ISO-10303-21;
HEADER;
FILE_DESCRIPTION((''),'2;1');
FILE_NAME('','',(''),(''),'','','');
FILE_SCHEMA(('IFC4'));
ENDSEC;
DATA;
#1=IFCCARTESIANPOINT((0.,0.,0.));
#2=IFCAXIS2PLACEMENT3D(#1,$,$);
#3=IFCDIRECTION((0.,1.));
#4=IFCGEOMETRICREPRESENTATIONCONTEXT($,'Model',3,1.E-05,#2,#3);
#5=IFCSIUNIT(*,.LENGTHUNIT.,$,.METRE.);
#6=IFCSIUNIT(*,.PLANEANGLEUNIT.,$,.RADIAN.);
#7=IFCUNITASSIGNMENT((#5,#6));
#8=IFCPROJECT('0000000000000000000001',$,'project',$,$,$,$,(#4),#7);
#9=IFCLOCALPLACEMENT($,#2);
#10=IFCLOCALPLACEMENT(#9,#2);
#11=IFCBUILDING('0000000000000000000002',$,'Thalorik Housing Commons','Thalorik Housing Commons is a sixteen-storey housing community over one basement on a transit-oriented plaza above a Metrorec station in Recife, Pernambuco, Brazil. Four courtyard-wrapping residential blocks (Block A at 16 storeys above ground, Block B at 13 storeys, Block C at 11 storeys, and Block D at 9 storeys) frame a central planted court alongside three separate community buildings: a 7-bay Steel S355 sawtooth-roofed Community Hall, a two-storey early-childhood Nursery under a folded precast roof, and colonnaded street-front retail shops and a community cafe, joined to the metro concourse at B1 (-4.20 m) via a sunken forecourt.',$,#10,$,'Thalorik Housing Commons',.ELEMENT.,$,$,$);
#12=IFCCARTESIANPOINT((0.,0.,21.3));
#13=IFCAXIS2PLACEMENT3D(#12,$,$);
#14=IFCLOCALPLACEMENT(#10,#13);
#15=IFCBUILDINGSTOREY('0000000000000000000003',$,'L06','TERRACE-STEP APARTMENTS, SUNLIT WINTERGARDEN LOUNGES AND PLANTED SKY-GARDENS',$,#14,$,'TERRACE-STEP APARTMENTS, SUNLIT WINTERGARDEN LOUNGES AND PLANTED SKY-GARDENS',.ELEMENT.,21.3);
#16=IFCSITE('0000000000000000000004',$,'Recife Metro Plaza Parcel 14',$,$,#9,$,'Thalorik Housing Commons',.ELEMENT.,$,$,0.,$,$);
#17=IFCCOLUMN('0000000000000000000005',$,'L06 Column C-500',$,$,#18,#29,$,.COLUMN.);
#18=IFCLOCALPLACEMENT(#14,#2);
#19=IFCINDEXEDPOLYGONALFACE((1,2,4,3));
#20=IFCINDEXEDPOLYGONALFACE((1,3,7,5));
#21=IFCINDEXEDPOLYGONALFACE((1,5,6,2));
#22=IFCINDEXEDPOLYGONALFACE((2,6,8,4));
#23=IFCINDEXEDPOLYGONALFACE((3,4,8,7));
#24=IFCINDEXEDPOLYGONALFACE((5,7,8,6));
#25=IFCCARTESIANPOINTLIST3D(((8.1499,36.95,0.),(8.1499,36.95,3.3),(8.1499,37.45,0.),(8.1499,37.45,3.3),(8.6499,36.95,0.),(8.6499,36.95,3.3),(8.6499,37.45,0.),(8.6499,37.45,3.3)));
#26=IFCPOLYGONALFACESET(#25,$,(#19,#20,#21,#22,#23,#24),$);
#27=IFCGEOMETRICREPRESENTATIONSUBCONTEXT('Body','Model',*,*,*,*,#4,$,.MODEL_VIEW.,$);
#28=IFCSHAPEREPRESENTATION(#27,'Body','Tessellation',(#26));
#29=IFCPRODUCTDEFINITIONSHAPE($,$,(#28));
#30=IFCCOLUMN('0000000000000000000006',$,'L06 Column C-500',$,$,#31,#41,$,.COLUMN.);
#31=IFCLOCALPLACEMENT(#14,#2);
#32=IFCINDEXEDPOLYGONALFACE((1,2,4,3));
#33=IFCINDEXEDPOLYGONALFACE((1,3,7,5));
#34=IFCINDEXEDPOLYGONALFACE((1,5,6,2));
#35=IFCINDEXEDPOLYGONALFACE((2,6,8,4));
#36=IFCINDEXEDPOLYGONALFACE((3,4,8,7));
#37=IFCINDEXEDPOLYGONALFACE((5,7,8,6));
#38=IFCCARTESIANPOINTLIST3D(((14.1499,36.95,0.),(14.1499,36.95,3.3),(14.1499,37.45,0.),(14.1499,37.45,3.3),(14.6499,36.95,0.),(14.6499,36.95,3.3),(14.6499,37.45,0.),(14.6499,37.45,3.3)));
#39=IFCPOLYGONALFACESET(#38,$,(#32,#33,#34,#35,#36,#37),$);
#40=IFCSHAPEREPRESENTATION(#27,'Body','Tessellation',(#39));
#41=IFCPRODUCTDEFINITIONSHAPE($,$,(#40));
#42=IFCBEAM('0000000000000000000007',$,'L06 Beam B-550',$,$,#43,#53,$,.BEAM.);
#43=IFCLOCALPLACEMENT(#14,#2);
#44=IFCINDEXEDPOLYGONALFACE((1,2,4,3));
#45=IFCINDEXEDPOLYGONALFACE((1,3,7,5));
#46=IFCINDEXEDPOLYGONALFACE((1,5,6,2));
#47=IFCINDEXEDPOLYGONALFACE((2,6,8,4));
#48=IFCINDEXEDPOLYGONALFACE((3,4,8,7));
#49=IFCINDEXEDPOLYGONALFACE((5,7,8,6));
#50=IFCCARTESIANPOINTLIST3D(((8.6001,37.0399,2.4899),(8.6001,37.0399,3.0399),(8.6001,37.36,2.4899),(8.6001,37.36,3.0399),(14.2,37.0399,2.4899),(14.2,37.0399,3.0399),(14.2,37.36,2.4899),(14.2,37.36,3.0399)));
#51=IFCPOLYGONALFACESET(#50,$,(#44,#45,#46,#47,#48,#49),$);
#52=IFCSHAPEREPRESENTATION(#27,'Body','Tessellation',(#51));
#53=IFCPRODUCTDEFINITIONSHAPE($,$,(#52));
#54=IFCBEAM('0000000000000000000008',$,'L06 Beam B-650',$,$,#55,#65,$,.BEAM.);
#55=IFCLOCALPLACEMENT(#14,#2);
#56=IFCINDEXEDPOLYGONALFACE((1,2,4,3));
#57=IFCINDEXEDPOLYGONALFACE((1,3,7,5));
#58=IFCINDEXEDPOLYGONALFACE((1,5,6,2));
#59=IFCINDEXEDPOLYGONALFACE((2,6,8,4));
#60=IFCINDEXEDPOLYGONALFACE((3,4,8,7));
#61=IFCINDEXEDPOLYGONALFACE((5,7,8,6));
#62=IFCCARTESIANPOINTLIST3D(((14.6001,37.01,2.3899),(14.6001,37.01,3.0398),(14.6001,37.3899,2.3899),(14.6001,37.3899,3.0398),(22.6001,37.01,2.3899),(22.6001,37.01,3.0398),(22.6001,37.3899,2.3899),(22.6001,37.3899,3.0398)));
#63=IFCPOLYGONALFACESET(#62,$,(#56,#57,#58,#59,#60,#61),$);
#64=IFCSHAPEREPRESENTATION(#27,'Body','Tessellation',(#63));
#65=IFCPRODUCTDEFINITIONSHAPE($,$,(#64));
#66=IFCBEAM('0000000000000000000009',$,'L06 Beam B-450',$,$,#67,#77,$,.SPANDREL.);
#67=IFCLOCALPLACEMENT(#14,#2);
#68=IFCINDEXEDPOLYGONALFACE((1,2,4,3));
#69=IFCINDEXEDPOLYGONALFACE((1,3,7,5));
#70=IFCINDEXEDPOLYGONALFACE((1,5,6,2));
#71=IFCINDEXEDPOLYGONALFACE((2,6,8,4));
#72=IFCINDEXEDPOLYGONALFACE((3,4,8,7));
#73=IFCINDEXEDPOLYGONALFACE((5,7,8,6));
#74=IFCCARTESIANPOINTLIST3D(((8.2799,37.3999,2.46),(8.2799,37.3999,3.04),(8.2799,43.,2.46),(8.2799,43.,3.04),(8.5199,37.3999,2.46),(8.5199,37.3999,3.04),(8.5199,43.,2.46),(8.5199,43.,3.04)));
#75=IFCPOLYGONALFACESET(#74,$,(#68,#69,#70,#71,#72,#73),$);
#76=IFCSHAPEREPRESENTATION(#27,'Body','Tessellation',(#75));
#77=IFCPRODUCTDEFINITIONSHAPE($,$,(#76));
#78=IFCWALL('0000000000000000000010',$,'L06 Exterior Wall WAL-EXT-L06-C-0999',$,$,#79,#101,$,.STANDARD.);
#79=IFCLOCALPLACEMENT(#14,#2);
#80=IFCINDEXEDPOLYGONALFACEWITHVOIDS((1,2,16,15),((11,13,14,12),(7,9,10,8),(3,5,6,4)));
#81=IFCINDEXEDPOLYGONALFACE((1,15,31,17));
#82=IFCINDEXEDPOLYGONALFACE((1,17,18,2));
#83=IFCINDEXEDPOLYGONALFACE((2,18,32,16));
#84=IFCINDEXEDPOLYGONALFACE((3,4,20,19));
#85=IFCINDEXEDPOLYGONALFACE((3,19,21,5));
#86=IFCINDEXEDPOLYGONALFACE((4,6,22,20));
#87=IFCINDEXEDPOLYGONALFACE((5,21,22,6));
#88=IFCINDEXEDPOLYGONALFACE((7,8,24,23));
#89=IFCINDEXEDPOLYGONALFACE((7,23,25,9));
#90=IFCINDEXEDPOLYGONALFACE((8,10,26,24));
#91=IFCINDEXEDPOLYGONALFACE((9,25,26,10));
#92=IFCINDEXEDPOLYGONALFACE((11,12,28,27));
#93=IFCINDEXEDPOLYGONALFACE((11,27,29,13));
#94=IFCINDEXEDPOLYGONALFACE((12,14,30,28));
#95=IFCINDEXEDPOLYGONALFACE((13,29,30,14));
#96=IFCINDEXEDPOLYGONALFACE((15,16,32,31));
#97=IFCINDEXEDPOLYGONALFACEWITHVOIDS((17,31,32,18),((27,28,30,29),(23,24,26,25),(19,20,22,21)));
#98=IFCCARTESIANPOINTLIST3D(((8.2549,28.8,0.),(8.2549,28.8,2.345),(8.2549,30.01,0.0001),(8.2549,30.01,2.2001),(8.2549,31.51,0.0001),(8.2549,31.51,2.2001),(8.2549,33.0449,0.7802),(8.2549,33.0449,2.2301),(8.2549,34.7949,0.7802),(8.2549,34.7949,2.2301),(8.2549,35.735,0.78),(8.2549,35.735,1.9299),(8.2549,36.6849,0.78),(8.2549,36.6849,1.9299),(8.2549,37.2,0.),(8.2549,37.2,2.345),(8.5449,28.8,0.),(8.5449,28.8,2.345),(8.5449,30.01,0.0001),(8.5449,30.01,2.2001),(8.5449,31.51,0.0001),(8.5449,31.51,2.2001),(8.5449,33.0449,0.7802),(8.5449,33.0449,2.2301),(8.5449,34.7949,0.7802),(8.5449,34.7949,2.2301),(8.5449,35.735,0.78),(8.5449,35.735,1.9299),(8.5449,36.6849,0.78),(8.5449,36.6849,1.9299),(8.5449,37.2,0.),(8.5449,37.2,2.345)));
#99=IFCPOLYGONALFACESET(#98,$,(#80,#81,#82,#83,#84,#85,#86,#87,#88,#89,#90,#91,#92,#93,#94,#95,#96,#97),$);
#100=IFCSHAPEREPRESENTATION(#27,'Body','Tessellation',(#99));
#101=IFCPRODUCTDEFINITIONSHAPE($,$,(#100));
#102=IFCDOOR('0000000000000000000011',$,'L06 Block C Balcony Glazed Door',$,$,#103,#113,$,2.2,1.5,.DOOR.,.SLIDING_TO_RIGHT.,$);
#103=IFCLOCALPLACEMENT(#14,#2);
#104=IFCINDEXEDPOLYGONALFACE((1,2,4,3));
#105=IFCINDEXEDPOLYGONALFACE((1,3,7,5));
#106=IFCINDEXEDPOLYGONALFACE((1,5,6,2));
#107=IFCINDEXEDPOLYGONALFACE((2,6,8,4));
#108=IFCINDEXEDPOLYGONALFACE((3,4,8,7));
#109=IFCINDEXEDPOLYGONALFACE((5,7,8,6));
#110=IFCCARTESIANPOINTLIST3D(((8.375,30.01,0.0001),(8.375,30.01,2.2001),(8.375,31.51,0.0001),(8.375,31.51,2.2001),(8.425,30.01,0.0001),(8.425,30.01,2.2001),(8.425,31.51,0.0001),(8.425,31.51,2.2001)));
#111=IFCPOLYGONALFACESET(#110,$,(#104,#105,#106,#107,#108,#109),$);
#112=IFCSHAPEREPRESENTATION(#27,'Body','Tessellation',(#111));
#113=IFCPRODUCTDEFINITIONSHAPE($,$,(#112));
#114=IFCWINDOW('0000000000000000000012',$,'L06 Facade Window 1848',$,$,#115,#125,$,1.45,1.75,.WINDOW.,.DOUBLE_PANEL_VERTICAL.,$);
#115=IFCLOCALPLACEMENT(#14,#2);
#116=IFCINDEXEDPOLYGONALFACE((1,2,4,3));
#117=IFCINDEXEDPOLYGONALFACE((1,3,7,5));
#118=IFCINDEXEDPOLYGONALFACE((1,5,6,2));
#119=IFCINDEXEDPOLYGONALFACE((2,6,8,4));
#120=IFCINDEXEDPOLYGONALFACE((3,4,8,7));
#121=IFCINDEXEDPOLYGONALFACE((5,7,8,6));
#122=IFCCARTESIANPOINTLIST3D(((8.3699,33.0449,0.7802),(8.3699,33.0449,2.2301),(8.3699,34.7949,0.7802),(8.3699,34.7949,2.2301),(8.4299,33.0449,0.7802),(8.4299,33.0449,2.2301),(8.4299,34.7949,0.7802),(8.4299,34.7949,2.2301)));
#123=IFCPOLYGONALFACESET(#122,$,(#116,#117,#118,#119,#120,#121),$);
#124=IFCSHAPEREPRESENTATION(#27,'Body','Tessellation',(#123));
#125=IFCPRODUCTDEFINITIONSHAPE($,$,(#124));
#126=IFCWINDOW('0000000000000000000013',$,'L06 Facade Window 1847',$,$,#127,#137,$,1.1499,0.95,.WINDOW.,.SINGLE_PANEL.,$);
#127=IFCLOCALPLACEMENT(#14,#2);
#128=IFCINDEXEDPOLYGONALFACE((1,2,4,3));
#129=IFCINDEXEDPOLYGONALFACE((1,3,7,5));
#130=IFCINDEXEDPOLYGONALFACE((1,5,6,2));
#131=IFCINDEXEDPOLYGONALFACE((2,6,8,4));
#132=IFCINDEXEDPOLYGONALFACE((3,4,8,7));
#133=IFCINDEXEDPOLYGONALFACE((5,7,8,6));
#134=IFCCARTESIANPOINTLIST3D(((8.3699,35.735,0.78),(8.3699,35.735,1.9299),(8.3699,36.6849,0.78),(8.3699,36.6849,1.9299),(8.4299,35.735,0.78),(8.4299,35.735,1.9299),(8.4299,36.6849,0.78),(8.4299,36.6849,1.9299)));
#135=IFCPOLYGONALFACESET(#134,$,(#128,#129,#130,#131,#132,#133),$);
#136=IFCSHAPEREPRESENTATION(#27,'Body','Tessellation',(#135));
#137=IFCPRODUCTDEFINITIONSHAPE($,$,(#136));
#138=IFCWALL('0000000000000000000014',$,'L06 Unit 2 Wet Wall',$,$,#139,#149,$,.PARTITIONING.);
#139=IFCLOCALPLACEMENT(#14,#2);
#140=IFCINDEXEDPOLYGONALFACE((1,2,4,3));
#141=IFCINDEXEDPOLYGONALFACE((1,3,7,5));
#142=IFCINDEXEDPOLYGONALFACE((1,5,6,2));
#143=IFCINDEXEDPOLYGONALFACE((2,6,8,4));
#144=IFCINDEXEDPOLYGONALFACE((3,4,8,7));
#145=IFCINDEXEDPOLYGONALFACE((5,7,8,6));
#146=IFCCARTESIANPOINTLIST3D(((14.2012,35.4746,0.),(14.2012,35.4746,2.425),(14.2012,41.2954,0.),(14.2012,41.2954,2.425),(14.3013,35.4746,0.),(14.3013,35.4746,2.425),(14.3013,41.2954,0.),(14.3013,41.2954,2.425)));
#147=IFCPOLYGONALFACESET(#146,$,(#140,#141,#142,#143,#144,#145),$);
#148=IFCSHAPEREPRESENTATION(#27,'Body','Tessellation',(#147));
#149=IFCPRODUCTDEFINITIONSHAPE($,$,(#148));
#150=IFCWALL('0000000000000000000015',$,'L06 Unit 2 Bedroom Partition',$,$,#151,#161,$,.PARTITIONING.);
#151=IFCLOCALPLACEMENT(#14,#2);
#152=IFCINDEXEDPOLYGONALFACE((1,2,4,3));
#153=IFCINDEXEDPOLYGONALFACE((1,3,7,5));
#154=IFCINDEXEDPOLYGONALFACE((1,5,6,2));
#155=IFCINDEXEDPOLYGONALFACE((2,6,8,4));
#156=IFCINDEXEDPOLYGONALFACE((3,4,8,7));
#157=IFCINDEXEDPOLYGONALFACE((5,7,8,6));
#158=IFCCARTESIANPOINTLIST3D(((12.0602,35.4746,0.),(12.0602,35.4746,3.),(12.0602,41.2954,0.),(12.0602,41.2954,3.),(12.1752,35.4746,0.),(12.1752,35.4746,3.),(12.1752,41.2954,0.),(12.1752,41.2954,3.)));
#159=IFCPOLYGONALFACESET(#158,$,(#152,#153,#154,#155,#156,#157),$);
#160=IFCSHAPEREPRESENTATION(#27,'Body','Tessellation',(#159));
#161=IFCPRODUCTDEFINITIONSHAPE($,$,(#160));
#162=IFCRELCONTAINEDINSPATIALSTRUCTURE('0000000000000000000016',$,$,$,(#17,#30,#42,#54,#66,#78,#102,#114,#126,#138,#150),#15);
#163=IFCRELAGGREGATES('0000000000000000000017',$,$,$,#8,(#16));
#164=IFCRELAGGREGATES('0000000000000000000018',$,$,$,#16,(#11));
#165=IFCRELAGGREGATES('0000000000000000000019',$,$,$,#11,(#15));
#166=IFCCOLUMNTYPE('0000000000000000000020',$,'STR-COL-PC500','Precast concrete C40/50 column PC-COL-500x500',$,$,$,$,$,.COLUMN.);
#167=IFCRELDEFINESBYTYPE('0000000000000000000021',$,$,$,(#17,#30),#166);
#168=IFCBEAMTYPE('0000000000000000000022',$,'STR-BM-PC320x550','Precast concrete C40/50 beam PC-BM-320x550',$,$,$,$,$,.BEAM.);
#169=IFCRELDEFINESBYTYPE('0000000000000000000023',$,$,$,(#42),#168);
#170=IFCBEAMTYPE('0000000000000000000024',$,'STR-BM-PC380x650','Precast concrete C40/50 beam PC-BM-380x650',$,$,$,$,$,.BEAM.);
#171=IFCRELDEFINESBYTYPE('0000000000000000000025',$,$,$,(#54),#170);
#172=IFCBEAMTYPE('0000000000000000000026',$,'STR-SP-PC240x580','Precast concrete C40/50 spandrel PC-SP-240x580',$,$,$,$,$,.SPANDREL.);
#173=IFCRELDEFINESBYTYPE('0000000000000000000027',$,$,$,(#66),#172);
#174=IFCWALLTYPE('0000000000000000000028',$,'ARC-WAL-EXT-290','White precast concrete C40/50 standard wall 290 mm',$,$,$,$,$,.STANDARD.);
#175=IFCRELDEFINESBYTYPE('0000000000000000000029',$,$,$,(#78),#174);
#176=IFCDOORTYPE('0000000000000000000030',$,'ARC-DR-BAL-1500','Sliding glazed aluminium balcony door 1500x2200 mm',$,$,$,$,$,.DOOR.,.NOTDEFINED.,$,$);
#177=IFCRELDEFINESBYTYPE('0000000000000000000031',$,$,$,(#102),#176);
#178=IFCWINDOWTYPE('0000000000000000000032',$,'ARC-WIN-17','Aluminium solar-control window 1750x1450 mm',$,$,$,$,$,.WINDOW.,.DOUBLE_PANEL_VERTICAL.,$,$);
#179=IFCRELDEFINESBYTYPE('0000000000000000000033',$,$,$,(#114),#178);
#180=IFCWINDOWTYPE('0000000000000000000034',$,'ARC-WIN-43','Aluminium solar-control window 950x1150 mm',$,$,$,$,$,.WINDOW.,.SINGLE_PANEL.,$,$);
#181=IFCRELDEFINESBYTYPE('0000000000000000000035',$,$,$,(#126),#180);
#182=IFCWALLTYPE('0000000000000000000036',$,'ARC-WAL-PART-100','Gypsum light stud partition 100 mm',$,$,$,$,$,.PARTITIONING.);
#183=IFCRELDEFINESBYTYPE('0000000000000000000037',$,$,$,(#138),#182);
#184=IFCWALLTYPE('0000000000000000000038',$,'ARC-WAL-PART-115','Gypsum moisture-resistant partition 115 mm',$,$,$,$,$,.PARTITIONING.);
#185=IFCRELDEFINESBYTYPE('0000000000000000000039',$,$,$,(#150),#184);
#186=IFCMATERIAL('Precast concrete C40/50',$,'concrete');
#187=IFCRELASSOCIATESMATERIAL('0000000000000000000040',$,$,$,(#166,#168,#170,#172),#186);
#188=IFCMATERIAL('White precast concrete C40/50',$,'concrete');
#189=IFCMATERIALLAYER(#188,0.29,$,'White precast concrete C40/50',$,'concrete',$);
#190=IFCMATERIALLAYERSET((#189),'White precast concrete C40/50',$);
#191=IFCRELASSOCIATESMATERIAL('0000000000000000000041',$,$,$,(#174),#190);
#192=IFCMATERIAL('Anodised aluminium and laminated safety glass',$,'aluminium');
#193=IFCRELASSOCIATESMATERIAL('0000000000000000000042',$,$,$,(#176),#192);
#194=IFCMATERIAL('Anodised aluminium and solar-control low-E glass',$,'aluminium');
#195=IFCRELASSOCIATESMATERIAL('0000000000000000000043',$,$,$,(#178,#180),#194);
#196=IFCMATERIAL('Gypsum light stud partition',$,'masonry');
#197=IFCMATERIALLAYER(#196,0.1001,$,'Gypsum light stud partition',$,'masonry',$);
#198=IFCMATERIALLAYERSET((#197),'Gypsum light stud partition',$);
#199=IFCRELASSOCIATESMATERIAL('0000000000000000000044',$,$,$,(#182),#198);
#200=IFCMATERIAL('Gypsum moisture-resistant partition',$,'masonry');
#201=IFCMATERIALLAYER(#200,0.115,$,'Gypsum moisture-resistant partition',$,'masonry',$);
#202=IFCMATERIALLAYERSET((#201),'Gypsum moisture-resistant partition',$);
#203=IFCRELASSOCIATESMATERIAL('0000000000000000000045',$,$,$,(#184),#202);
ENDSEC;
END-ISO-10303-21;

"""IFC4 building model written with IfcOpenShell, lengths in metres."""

from ifc_helpers import new_model, si_unit, direction, frame, frame_2d, origin, origin_2d, place, context, subcontext, project, spatial, rectangle, extrude, material, layer, layer_set, material_profile, profile_set, type_object, element, fill, save


model = new_model("IFC4")

# Units and contexts
model_context = context("Model", 3, precision=1e-05, world=origin(), true_north=direction((0.0, 1.0)))
body_context = subcontext(model_context, "Body", "Model", "MODEL_VIEW")
ifc_project = project(units=[si_unit("LENGTHUNIT", "METRE"), si_unit("PLANEANGLEUNIT", "RADIAN")], contexts=[model_context])

# Site, building, storey
site_placement = place(None, origin())
site = spatial("IfcSite", under=ifc_project, at=site_placement, Name="Recife Metro Plaza Parcel 14", LongName="Thalorik Housing Commons", CompositionType="ELEMENT", RefElevation=0.0)
building_placement = place(site_placement, origin())
building = spatial("IfcBuilding", under=site, at=building_placement, Name="Thalorik Housing Commons", Description="Thalorik Housing Commons is a sixteen-storey housing community over one basement on a transit-oriented plaza above a Metrorec station in Recife, Pernambuco, Brazil. Four courtyard-wrapping residential blocks (Block A at 16 storeys above ground, Block B at 13 storeys, Block C at 11 storeys, and Block D at 9 storeys) frame a central planted court alongside three separate community buildings: a 7-bay Steel S355 sawtooth-roofed Community Hall, a two-storey early-childhood Nursery under a folded precast roof, and colonnaded street-front retail shops and a community cafe, joined to the metro concourse at B1 (-4.20 m) via a sunken forecourt.", LongName="Thalorik Housing Commons", CompositionType="ELEMENT")
storey_placement = place(building_placement, frame((0.0, 0.0, 21.3)))
storey = spatial("IfcBuildingStorey", under=building, at=storey_placement, Name="L06", Description="TERRACE-STEP APARTMENTS, SUNLIT WINTERGARDEN LOUNGES AND PLANTED SKY-GARDENS", LongName="TERRACE-STEP APARTMENTS, SUNLIT WINTERGARDEN LOUNGES AND PLANTED SKY-GARDENS", CompositionType="ELEMENT", Elevation=21.3)

# Columns
ifc_material_1 = material(Name="Precast concrete C40/50", Category="concrete")
ifc_material_profile_1 = material_profile(ifc_material_1, rectangle(XDim=0.5, YDim=0.5, at=origin_2d()), Name="PC 500x500", Category="concrete")
ifc_profile_set_1 = profile_set([ifc_material_profile_1], Name="Precast concrete C40/50")
column_type = type_object("IfcColumnType", Name="STR-COL-PC500", Description="Precast concrete C40/50 column PC-COL-500x500", PredefinedType="COLUMN", material=ifc_profile_set_1)
for number, where, z_axis, x_axis, name in (
    (1, (8.3999, 37.2, 0.0), (0.0, 0.0, 1.0), (1.0, 0.0, 0.0), "L06 Column C-500"),
    (2, (14.3999, 37.2, 0.0), (0.0, 0.0, 1.0), (1.0, 0.0, 0.0), "L06 Column C-500"),
):
    element("IfcColumn", number, at=place(storey_placement, frame(where, z_axis=z_axis, x_axis=x_axis)), inside=storey, type_object=column_type, Name=name, PredefinedType="COLUMN", context=body_context, shape_type="SweptSolid", body=[
        extrude(rectangle(XDim=0.5, YDim=0.5, at=origin_2d()), origin(), (0.0, 0.0, 1.0), 3.3),
    ])

# Beams
ifc_material_profile_2 = material_profile(ifc_material_1, rectangle(XDim=0.3201, YDim=0.55, at=origin_2d()), Name="PC 320x550", Category="concrete")
ifc_profile_set_2 = profile_set([ifc_material_profile_2], Name="Precast concrete C40/50")
beam_type_1 = type_object("IfcBeamType", Name="STR-BM-PC320x550", Description="Precast concrete C40/50 beam PC-BM-320x550", PredefinedType="BEAM", material=ifc_profile_set_2)
beam_1_placement = place(storey_placement, frame((8.6001, 37.2, 2.7649), z_axis=(1.0, 0.0, 0.0), x_axis=(0.0, 1.0, 0.0)))
element("IfcBeam", 3, at=beam_1_placement, inside=storey, type_object=beam_type_1, Name="L06 Beam B-550", PredefinedType="BEAM", context=body_context, shape_type="SweptSolid", body=[
    extrude(rectangle(XDim=0.3201, YDim=0.55, at=origin_2d()), origin(), (0.0, 0.0, 1.0), 5.5999),
])
ifc_material_profile_3 = material_profile(ifc_material_1, rectangle(XDim=0.3799, YDim=0.6499, at=origin_2d()), Name="PC 380x650", Category="concrete")
ifc_profile_set_3 = profile_set([ifc_material_profile_3], Name="Precast concrete C40/50")
beam_type_2 = type_object("IfcBeamType", Name="STR-BM-PC380x650", Description="Precast concrete C40/50 beam PC-BM-380x650", PredefinedType="BEAM", material=ifc_profile_set_3)
beam_2_placement = place(storey_placement, frame((14.6001, 37.2, 2.7148), z_axis=(1.0, 0.0, 0.0), x_axis=(0.0, 1.0, 0.0)))
element("IfcBeam", 4, at=beam_2_placement, inside=storey, type_object=beam_type_2, Name="L06 Beam B-650", PredefinedType="BEAM", context=body_context, shape_type="SweptSolid", body=[
    extrude(rectangle(XDim=0.3799, YDim=0.6499, at=origin_2d()), origin(), (0.0, 0.0, 1.0), 8.0),
])
ifc_material_profile_4 = material_profile(ifc_material_1, rectangle(XDim=0.24, YDim=0.5801, at=origin_2d()), Name="PC SP 240x580", Category="concrete")
ifc_profile_set_4 = profile_set([ifc_material_profile_4], Name="Precast concrete C40/50")
beam_type_3 = type_object("IfcBeamType", Name="STR-SP-PC240x580", Description="Precast concrete C40/50 spandrel PC-SP-240x580", PredefinedType="SPANDREL", material=ifc_profile_set_4)
beam_3_placement = place(storey_placement, frame((8.3999, 37.3999, 2.75), z_axis=(0.0, 1.0, 0.0), x_axis=(-1.0, 0.0, 0.0)))
element("IfcBeam", 5, at=beam_3_placement, inside=storey, type_object=beam_type_3, Name="L06 Beam B-450", PredefinedType="SPANDREL", context=body_context, shape_type="SweptSolid", body=[
    extrude(rectangle(XDim=0.24, YDim=0.5801, at=origin_2d()), origin(), (0.0, 0.0, 1.0), 5.6001),
])

# Wall, openings, door, windows
ifc_material_2 = material(Name="White precast concrete C40/50", Category="concrete")
ifc_layer_1 = layer(ifc_material_2, 0.29, Name="White precast concrete C40/50", Category="concrete")
ifc_layer_set_1 = layer_set([ifc_layer_1], Name="White precast concrete C40/50")
wall_type_1 = type_object("IfcWallType", Name="ARC-WAL-EXT-290", Description="White precast concrete C40/50 standard wall 290 mm", PredefinedType="STANDARD", material=ifc_layer_set_1)
wall_1_placement = place(storey_placement, frame((8.3999, 37.2, 0.0), z_axis=(0.0, 0.0, 1.0), x_axis=(0.0, -1.0, 0.0)))
wall_1 = element("IfcWall", 6, at=wall_1_placement, inside=storey, type_object=wall_type_1, Name="L06 Exterior Wall WAL-EXT-L06-C-0999", PredefinedType="STANDARD", context=body_context, shape_type="SweptSolid", body=[
    extrude(rectangle(XDim=8.3999, YDim=0.29, at=frame_2d((4.2, 0.0))), origin(), (0.0, 0.0, 1.0), 2.345),
])
opening_1_placement = place(wall_1_placement, frame((5.6899, 0.0, 0.0)))
opening_1 = element("IfcOpeningElement", 7, at=opening_1_placement, cuts=wall_1, PredefinedType="OPENING", context=body_context, shape_type="SweptSolid", body=[
    extrude(rectangle(XDim=1.5, YDim=2.2, at=frame_2d((0.75, 1.1001))), frame((0.0, 0.155, 0.0), z_axis=(0.0, -1.0, 0.0), x_axis=(1.0, 0.0, 0.0)), (0.0, 0.0, 1.0), 0.3101),
])
opening_2_placement = place(wall_1_placement, frame((0.5149, 0.0, 0.78)))
opening_2 = element("IfcOpeningElement", 8, at=opening_2_placement, cuts=wall_1, PredefinedType="OPENING", context=body_context, shape_type="SweptSolid", body=[
    extrude(rectangle(XDim=0.95, YDim=1.1499, at=frame_2d((0.4751, 0.575))), frame((0.0, 0.155, 0.0), z_axis=(0.0, -1.0, 0.0), x_axis=(1.0, 0.0, 0.0)), (0.0, 0.0, 1.0), 0.3101),
])
opening_3_placement = place(wall_1_placement, frame((2.405, 0.0, 0.78)))
opening_3 = element("IfcOpeningElement", 9, at=opening_3_placement, cuts=wall_1, PredefinedType="OPENING", context=body_context, shape_type="SweptSolid", body=[
    extrude(rectangle(XDim=1.75, YDim=1.45, at=frame_2d((0.875, 0.7251))), frame((0.0, 0.155, 0.0), z_axis=(0.0, -1.0, 0.0), x_axis=(1.0, 0.0, 0.0)), (0.0, 0.0, 1.0), 0.3101),
])
ifc_material_3 = material(Name="Anodised aluminium and laminated safety glass", Category="aluminium")
door_type_1 = type_object("IfcDoorType", Name="ARC-DR-BAL-1500", Description="Sliding glazed aluminium balcony door 1500x2200 mm", OperationType="NOTDEFINED", PredefinedType="DOOR", material=ifc_material_3)
door_1_placement = place(opening_1_placement, frame((1.5, 0.0, 0.0), z_axis=(0.0, 0.0, 1.0), x_axis=(-1.0, 0.0, 0.0)))
door_1 = element("IfcDoor", 10, at=door_1_placement, inside=storey, type_object=door_type_1, Name="L06 Block C Balcony Glazed Door", OperationType="SLIDING_TO_RIGHT", OverallHeight=2.2, OverallWidth=1.5, PredefinedType="DOOR", context=body_context, shape_type="SweptSolid", body=[
    extrude(rectangle(XDim=1.5, YDim=2.2, at=frame_2d((0.75, 1.1001))), frame((0.0, 0.0249, 0.0), z_axis=(0.0, -1.0, 0.0), x_axis=(1.0, 0.0, 0.0)), (0.0, 0.0, 1.0), 0.05),
])
fill(opening_1, door_1)
ifc_material_4 = material(Name="Anodised aluminium and solar-control low-E glass", Category="aluminium")
window_type_1 = type_object("IfcWindowType", Name="ARC-WIN-17", Description="Aluminium solar-control window 1750x1450 mm", PartitioningType="DOUBLE_PANEL_VERTICAL", PredefinedType="WINDOW", material=ifc_material_4)
window_1_placement = place(opening_3_placement, origin())
window_1 = element("IfcWindow", 11, at=window_1_placement, inside=storey, type_object=window_type_1, Name="L06 Facade Window 1848", OverallHeight=1.45, OverallWidth=1.75, PartitioningType="DOUBLE_PANEL_VERTICAL", PredefinedType="WINDOW", context=body_context, shape_type="SweptSolid", body=[
    extrude(rectangle(XDim=1.75, YDim=1.45, at=frame_2d((0.875, 0.7251))), frame((0.0, 0.03, 0.0), z_axis=(0.0, -1.0, 0.0), x_axis=(1.0, 0.0, 0.0)), (0.0, 0.0, 1.0), 0.0601),
])
fill(opening_3, window_1)
window_type_2 = type_object("IfcWindowType", Name="ARC-WIN-43", Description="Aluminium solar-control window 950x1150 mm", PartitioningType="SINGLE_PANEL", PredefinedType="WINDOW", material=ifc_material_4)
window_2_placement = place(opening_2_placement, origin())
window_2 = element("IfcWindow", 12, at=window_2_placement, inside=storey, type_object=window_type_2, Name="L06 Facade Window 1847", OverallHeight=1.1499, OverallWidth=0.95, PartitioningType="SINGLE_PANEL", PredefinedType="WINDOW", context=body_context, shape_type="SweptSolid", body=[
    extrude(rectangle(XDim=0.95, YDim=1.1499, at=frame_2d((0.4751, 0.575))), frame((0.0, 0.03, 0.0), z_axis=(0.0, -1.0, 0.0), x_axis=(1.0, 0.0, 0.0)), (0.0, 0.0, 1.0), 0.0601),
])
fill(opening_2, window_2)

# Walls
ifc_material_5 = material(Name="Gypsum light stud partition", Category="masonry")
ifc_layer_2 = layer(ifc_material_5, 0.1001, Name="Gypsum light stud partition", Category="masonry")
ifc_layer_set_2 = layer_set([ifc_layer_2], Name="Gypsum light stud partition")
wall_type_2 = type_object("IfcWallType", Name="ARC-WAL-PART-100", Description="Gypsum light stud partition 100 mm", PredefinedType="PARTITIONING", material=ifc_layer_set_2)
wall_2_placement = place(storey_placement, frame((14.2512, 35.4746, 0.0), z_axis=(0.0, 0.0, 1.0), x_axis=(0.0, 1.0, 0.0)))
element("IfcWall", 13, at=wall_2_placement, inside=storey, type_object=wall_type_2, Name="L06 Unit 2 Wet Wall", PredefinedType="PARTITIONING", context=body_context, shape_type="SweptSolid", body=[
    extrude(rectangle(XDim=5.8208, YDim=0.1001, at=frame_2d((2.9104, 0.0))), origin(), (0.0, 0.0, 1.0), 2.425),
])
ifc_material_6 = material(Name="Gypsum moisture-resistant partition", Category="masonry")
ifc_layer_3 = layer(ifc_material_6, 0.115, Name="Gypsum moisture-resistant partition", Category="masonry")
ifc_layer_set_3 = layer_set([ifc_layer_3], Name="Gypsum moisture-resistant partition")
wall_type_3 = type_object("IfcWallType", Name="ARC-WAL-PART-115", Description="Gypsum moisture-resistant partition 115 mm", PredefinedType="PARTITIONING", material=ifc_layer_set_3)
wall_3_placement = place(storey_placement, frame((12.1177, 35.4746, 0.0), z_axis=(0.0, 0.0, 1.0), x_axis=(0.0, 1.0, 0.0)))
element("IfcWall", 14, at=wall_3_placement, inside=storey, type_object=wall_type_3, Name="L06 Unit 2 Bedroom Partition", PredefinedType="PARTITIONING", context=body_context, shape_type="SweptSolid", body=[
    extrude(rectangle(XDim=5.8208, YDim=0.115, at=frame_2d((2.9104, 0.0))), origin(), (0.0, 0.0, 1.0), 3.0),
])

save(model, "model.ifc")
